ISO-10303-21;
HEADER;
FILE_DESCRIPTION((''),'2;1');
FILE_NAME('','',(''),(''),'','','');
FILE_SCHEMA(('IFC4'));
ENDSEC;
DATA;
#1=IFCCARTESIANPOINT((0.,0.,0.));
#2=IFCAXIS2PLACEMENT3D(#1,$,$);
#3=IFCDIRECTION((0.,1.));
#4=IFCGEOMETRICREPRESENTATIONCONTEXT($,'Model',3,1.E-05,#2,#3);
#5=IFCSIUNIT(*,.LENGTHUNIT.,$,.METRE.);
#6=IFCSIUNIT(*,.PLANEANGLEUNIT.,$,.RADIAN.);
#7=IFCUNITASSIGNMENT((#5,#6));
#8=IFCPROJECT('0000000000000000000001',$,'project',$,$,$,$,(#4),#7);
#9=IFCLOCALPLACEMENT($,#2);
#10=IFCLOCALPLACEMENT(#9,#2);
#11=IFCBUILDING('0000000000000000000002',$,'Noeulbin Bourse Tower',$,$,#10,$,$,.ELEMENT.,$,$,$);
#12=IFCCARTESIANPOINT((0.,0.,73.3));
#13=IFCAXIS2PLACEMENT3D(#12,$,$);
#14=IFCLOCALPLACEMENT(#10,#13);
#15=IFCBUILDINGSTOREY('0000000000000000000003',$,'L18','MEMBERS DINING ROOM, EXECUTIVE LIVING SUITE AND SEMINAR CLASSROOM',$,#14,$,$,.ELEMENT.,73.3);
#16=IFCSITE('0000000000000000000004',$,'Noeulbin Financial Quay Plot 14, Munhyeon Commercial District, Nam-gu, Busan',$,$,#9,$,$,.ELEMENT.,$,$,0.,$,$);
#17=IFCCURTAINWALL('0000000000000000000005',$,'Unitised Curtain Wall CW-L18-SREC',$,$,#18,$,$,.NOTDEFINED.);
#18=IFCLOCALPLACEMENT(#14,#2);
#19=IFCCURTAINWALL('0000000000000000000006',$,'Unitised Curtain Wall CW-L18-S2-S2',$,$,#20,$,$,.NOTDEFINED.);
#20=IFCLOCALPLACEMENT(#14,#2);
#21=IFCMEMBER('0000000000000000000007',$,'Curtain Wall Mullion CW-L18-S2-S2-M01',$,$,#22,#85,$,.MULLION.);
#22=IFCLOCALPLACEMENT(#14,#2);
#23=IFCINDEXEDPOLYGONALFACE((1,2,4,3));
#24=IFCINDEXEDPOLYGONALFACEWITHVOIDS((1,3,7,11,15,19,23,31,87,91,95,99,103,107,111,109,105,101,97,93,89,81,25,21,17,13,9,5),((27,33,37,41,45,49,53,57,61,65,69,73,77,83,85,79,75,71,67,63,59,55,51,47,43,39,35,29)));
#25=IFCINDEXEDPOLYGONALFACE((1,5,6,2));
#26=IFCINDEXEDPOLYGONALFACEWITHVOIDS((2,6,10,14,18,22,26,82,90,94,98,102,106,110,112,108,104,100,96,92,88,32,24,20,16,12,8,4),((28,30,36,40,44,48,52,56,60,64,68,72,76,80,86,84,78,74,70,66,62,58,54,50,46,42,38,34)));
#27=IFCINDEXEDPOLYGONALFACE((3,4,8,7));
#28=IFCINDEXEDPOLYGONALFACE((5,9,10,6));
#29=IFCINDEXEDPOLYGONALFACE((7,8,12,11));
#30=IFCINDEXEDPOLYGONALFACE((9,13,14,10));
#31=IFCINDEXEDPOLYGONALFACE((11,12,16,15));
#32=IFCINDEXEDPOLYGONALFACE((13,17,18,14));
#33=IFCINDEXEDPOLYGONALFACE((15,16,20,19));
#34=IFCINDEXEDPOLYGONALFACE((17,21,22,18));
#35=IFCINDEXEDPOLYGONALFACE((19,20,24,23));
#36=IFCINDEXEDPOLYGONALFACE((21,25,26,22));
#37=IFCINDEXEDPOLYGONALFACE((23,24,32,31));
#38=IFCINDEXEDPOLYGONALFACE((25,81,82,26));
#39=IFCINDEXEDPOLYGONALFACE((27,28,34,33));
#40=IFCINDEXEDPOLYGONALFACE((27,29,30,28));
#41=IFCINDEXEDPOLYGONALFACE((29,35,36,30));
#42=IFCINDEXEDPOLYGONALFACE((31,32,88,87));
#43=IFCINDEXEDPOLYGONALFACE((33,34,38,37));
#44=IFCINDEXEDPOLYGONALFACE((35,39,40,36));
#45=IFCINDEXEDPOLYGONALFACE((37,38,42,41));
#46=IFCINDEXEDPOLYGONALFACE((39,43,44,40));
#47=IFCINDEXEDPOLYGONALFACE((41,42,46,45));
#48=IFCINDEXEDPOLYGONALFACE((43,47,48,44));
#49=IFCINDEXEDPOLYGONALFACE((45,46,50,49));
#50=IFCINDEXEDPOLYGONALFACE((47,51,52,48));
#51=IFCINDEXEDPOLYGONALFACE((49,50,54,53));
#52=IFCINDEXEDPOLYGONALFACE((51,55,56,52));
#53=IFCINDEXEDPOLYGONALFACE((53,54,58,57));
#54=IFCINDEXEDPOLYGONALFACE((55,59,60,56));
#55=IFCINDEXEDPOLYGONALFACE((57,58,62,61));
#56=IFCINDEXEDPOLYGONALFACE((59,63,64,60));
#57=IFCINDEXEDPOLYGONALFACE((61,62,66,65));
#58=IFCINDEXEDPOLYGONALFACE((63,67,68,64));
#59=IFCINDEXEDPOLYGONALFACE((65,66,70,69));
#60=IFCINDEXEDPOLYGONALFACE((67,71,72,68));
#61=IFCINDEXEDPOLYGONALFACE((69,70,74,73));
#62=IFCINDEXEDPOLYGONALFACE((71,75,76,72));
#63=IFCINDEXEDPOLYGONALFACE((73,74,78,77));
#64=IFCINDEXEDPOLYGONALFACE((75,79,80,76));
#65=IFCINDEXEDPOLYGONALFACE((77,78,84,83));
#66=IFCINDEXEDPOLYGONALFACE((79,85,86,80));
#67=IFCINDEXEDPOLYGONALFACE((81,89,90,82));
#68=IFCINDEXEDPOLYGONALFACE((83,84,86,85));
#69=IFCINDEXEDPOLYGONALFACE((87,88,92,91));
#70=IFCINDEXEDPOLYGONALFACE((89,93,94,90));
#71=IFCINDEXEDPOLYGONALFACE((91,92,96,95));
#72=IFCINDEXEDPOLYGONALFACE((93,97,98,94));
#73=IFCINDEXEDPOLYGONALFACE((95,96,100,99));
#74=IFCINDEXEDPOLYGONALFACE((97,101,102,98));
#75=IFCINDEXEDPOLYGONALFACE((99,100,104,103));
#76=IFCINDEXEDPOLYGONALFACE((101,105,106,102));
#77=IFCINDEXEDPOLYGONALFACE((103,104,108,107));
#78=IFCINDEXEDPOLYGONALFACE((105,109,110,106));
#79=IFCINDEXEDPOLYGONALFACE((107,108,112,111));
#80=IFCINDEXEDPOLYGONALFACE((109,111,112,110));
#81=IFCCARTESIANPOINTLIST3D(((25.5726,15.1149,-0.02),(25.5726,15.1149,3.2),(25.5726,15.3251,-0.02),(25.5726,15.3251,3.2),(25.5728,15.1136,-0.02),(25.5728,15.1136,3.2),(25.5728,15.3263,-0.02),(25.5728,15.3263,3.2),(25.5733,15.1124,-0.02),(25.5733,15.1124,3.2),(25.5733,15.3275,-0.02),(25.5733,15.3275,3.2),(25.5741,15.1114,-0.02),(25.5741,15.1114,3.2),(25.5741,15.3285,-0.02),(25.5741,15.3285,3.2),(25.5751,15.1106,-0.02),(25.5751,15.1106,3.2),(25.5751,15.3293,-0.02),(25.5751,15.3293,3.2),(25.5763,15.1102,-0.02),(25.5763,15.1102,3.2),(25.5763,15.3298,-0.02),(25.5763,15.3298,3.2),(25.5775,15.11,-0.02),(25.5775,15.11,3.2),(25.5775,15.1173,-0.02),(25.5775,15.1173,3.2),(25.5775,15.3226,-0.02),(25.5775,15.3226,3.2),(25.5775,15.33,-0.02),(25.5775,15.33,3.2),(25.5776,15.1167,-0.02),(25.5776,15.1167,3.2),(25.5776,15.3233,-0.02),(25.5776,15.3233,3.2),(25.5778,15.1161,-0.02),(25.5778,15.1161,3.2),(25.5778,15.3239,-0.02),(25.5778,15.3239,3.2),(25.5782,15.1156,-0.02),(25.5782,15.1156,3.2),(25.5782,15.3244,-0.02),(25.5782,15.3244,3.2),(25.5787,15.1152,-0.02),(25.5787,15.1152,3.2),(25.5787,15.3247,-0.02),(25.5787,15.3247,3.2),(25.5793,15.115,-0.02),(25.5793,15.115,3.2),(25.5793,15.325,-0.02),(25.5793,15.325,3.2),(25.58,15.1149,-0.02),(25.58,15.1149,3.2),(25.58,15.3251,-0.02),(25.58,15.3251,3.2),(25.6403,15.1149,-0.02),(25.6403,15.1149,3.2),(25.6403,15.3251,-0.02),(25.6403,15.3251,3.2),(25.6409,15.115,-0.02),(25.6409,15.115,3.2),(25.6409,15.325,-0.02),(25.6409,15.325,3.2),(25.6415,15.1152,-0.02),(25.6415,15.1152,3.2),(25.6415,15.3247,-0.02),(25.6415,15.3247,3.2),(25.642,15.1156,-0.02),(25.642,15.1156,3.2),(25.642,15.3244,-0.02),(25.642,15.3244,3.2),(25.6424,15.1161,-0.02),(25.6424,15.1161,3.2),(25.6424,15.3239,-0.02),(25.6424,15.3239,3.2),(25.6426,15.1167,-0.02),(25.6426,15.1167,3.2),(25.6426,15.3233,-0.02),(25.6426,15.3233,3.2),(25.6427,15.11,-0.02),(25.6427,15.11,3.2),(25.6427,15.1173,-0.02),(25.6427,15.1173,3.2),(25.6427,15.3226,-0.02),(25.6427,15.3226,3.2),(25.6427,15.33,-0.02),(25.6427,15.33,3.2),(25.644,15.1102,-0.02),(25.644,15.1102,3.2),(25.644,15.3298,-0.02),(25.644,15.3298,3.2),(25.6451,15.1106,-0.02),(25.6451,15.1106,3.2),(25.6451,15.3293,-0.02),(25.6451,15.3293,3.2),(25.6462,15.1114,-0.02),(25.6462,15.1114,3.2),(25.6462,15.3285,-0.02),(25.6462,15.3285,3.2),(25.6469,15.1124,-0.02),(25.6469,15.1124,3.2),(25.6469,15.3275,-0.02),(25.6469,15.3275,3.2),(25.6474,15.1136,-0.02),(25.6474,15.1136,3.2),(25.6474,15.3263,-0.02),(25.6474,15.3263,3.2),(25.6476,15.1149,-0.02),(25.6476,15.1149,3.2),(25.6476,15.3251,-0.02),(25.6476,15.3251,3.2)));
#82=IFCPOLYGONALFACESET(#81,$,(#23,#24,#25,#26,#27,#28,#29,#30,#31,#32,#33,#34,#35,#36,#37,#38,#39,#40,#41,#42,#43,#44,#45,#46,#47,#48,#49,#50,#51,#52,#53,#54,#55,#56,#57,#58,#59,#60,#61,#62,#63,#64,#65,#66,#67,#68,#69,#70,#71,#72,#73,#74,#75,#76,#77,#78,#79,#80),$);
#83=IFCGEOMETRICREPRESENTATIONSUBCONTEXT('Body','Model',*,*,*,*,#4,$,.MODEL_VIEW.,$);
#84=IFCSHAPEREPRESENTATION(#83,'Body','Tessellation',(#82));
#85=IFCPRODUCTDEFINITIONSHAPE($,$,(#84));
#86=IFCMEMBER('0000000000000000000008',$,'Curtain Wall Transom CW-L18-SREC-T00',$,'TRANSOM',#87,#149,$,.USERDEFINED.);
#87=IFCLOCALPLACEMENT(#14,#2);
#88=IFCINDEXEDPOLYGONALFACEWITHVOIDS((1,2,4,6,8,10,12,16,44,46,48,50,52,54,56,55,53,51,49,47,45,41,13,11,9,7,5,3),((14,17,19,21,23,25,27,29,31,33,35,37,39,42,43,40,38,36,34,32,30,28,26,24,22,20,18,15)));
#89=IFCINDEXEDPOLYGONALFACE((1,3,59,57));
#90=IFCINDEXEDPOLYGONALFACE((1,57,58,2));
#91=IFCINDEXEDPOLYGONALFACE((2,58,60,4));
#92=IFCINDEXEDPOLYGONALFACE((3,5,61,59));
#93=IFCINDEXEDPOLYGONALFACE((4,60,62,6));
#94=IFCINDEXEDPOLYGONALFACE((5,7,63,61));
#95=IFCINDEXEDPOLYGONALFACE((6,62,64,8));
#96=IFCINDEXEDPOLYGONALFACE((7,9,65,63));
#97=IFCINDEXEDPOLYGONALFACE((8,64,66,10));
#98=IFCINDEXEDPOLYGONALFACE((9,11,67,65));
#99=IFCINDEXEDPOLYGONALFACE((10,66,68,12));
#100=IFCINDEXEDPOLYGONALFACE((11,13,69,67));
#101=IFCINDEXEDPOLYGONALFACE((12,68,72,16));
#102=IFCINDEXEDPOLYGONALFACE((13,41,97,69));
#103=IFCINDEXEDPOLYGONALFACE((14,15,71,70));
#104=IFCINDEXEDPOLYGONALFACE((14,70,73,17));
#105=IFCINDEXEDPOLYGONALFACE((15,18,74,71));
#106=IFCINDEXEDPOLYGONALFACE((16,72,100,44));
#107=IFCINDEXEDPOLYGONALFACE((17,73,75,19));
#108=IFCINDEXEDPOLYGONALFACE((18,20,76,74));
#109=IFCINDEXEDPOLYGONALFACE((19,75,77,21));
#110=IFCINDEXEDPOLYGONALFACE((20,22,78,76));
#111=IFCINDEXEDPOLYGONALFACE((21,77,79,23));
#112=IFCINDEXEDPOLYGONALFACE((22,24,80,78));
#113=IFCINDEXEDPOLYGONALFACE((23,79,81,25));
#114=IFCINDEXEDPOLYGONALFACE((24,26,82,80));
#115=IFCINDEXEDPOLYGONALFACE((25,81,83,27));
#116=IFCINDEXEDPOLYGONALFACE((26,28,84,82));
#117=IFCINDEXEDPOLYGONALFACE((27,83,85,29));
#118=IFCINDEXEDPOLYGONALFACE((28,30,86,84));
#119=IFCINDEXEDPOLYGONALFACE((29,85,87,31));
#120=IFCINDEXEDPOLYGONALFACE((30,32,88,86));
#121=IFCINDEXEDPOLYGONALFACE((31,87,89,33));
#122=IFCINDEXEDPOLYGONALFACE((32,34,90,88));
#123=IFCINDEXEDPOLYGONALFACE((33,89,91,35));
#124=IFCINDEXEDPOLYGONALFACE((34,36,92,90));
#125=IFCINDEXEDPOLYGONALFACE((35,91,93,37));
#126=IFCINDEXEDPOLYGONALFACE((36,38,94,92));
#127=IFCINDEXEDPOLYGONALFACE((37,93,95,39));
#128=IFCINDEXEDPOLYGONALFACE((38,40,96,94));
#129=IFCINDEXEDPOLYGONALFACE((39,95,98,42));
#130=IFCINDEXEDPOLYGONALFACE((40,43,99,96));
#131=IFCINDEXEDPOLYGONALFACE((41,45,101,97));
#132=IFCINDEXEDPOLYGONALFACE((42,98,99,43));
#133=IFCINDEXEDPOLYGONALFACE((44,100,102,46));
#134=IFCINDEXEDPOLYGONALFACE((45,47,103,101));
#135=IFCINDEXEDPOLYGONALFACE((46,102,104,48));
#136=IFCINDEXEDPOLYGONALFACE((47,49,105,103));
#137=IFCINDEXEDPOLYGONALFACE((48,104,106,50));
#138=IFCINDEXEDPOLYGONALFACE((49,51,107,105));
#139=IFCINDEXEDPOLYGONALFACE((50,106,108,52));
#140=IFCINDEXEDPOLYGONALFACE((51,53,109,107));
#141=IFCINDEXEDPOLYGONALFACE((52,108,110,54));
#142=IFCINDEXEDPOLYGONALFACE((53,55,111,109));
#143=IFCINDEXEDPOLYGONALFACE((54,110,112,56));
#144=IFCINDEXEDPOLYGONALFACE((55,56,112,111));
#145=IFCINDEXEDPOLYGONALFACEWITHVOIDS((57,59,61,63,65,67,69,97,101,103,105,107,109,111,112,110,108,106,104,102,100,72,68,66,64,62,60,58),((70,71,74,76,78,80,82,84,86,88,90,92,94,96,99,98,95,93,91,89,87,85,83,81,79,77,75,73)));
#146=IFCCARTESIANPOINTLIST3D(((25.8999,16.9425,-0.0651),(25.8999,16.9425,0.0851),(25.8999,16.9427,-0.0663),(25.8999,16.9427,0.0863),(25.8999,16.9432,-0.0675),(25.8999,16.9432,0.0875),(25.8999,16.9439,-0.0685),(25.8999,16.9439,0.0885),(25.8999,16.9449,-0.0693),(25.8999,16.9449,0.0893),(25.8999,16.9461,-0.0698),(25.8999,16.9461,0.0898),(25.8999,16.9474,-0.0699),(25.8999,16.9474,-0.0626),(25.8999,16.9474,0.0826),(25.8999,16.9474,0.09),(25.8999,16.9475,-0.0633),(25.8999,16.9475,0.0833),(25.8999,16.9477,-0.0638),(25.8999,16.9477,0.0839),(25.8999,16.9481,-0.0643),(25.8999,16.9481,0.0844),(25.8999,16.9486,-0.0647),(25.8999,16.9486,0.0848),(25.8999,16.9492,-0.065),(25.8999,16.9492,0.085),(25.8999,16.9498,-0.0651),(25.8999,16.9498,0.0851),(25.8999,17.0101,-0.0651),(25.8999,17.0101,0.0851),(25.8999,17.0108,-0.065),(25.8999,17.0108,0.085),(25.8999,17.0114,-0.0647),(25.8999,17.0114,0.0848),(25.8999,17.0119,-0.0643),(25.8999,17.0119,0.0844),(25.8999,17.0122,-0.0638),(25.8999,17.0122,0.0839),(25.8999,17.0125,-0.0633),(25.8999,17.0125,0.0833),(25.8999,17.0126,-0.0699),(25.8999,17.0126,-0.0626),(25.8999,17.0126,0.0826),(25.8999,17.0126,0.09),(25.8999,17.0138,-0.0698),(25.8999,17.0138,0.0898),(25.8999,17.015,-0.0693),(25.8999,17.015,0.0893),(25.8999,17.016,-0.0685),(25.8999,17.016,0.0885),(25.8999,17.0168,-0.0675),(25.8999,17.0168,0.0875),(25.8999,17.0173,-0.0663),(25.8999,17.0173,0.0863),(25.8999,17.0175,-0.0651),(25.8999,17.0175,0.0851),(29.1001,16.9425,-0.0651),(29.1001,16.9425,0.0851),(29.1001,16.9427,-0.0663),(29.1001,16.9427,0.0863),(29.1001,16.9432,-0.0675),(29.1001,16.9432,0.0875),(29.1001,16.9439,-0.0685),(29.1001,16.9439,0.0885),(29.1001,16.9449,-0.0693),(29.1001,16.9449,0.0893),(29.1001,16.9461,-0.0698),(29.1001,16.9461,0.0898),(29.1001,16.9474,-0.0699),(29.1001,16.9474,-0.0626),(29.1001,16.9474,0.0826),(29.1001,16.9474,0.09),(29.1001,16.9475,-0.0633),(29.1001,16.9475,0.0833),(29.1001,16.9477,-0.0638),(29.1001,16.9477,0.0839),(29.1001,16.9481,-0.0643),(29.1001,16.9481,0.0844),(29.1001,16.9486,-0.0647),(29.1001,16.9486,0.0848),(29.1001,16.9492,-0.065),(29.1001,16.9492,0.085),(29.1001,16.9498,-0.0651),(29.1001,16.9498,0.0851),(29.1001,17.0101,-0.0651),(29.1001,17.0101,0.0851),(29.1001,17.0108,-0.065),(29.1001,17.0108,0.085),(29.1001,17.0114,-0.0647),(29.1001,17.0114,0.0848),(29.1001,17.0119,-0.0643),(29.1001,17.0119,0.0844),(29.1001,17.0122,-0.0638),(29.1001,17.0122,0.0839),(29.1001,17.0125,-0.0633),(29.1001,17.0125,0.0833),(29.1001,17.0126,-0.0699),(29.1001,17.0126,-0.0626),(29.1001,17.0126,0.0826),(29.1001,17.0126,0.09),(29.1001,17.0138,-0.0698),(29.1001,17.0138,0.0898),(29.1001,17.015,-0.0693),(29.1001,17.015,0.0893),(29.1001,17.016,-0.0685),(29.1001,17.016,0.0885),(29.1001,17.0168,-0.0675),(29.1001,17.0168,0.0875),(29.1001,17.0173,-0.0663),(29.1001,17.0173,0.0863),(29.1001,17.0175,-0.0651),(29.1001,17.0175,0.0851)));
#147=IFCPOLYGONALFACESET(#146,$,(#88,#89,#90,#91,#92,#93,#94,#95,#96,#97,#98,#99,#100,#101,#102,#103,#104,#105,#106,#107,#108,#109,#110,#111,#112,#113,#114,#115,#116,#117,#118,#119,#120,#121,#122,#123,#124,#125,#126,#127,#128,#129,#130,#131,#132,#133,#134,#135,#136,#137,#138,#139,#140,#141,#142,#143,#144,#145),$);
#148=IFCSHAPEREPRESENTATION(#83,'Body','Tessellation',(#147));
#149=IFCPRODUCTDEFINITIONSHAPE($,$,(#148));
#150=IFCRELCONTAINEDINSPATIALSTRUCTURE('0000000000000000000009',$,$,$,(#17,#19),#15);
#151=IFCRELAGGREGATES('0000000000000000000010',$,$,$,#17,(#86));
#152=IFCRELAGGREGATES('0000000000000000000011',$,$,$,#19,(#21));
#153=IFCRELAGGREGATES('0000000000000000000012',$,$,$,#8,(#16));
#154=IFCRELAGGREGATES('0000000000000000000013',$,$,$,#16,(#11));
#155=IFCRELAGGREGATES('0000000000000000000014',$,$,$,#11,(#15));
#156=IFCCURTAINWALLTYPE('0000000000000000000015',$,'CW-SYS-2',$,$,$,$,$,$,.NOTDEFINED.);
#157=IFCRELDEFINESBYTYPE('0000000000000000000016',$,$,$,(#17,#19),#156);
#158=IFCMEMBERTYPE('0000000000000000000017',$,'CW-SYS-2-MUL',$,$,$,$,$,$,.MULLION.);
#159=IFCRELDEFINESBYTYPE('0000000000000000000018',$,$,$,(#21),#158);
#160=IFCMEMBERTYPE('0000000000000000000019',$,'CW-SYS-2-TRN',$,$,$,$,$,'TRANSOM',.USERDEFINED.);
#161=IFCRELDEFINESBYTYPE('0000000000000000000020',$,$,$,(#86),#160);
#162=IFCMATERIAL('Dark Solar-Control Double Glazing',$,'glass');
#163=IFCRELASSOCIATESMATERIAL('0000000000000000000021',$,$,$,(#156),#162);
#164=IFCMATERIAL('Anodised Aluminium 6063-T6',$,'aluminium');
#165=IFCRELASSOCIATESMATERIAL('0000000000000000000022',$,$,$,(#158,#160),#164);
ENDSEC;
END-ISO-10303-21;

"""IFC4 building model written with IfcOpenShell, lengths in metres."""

from ifc_helpers import new_model, si_unit, direction, frame, origin, origin_2d, place, context, subcontext, project, spatial, hollow_rectangle, extrude, material, material_profile, profile_set, type_object, element, aggregate, save


model = new_model("IFC4")

# Units and contexts
model_context = context("Model", 3, precision=1e-05, world=origin(), true_north=direction((0.0, 1.0)))
body_context = subcontext(model_context, "Body", "Model", "MODEL_VIEW")
ifc_project = project(units=[si_unit("LENGTHUNIT", "METRE"), si_unit("PLANEANGLEUNIT", "RADIAN")], contexts=[model_context])

# Site, building, storey
site_placement = place(None, origin())
site = spatial("IfcSite", under=ifc_project, at=site_placement, Name="Noeulbin Financial Quay Plot 14, Munhyeon Commercial District, Nam-gu, Busan", CompositionType="ELEMENT", RefElevation=0.0)
building_placement = place(site_placement, origin())
building = spatial("IfcBuilding", under=site, at=building_placement, Name="Noeulbin Bourse Tower", CompositionType="ELEMENT")
storey_placement = place(building_placement, frame((0.0, 0.0, 73.3)))
storey = spatial("IfcBuildingStorey", under=building, at=storey_placement, Name="L18", Description="MEMBERS DINING ROOM, EXECUTIVE LIVING SUITE AND SEMINAR CLASSROOM", CompositionType="ELEMENT", Elevation=73.3)

# Curtain wall
ifc_material_1 = material(Name="Dark Solar-Control Double Glazing", Category="glass")
curtain_wall_type = type_object("IfcCurtainWallType", Name="CW-SYS-2", PredefinedType="NOTDEFINED", material=ifc_material_1)
curtain_wall_1_placement = place(storey_placement, origin())
curtain_wall_1 = element("IfcCurtainWall", 1, at=curtain_wall_1_placement, inside=storey, type_object=curtain_wall_type, Name="Unitised Curtain Wall CW-L18-SREC", PredefinedType="NOTDEFINED")
ifc_material_2 = material(Name="Anodised Aluminium 6063-T6", Category="aluminium")
ifc_material_profile_1 = material_profile(ifc_material_2, hollow_rectangle(XDim=0.075, YDim=0.22, WallThickness=0.0049, InnerFilletRadius=0.0024, OuterFilletRadius=0.0049, at=origin_2d()), Name="ALU-MULL-75x220x5", Category="LoadBearing")
ifc_profile_set_1 = profile_set([ifc_material_profile_1], Name="Anodised Aluminium 6063-T6")
member_type_1 = type_object("IfcMemberType", Name="CW-SYS-2-MUL", PredefinedType="MULLION", material=ifc_profile_set_1)

# Curtain wall, member
curtain_wall_2_placement = place(storey_placement, origin())
curtain_wall_2 = element("IfcCurtainWall", 2, at=curtain_wall_2_placement, inside=storey, type_object=curtain_wall_type, Name="Unitised Curtain Wall CW-L18-S2-S2", PredefinedType="NOTDEFINED")
member_1_placement = place(storey_placement, frame((25.6101, 15.22, -0.02), z_axis=(0.0, 0.0, 1.0), x_axis=(1.0, 0.0, 0.0)))
member_1 = element("IfcMember", 3, at=member_1_placement, type_object=member_type_1, Name="Curtain Wall Mullion CW-L18-S2-S2-M01", PredefinedType="MULLION", context=body_context, shape_type="SweptSolid", body=[
    extrude(hollow_rectangle(XDim=0.075, YDim=0.22, WallThickness=0.0049, InnerFilletRadius=0.0024, OuterFilletRadius=0.0049, at=origin_2d()), origin(), (0.0, 0.0, 1.0), 3.22),
])

# Member
ifc_material_profile_2 = material_profile(ifc_material_2, hollow_rectangle(XDim=0.075, YDim=0.1599, WallThickness=0.0049, InnerFilletRadius=0.0024, OuterFilletRadius=0.0049, at=origin_2d()), Name="ALU-TRAN-75x160x5", Category="LoadBearing")
ifc_profile_set_2 = profile_set([ifc_material_profile_2], Name="Anodised Aluminium 6063-T6")
member_type_2 = type_object("IfcMemberType", Name="CW-SYS-2-TRN", ElementType="TRANSOM", PredefinedType="USERDEFINED", material=ifc_profile_set_2)
member_2_placement = place(storey_placement, frame((25.8999, 16.98, 0.01), z_axis=(1.0, 0.0, 0.0), x_axis=(0.0, 1.0, 0.0)))
member_2 = element("IfcMember", 4, at=member_2_placement, type_object=member_type_2, Name="Curtain Wall Transom CW-L18-SREC-T00", ObjectType="TRANSOM", PredefinedType="USERDEFINED", context=body_context, shape_type="SweptSolid", body=[
    extrude(hollow_rectangle(XDim=0.075, YDim=0.1599, WallThickness=0.0049, InnerFilletRadius=0.0024, OuterFilletRadius=0.0049, at=origin_2d()), origin(), (0.0, 0.0, 1.0), 3.2002),
])

aggregate(curtain_wall_1, [member_2])
aggregate(curtain_wall_2, [member_1])

save(model, "model.ifc")
